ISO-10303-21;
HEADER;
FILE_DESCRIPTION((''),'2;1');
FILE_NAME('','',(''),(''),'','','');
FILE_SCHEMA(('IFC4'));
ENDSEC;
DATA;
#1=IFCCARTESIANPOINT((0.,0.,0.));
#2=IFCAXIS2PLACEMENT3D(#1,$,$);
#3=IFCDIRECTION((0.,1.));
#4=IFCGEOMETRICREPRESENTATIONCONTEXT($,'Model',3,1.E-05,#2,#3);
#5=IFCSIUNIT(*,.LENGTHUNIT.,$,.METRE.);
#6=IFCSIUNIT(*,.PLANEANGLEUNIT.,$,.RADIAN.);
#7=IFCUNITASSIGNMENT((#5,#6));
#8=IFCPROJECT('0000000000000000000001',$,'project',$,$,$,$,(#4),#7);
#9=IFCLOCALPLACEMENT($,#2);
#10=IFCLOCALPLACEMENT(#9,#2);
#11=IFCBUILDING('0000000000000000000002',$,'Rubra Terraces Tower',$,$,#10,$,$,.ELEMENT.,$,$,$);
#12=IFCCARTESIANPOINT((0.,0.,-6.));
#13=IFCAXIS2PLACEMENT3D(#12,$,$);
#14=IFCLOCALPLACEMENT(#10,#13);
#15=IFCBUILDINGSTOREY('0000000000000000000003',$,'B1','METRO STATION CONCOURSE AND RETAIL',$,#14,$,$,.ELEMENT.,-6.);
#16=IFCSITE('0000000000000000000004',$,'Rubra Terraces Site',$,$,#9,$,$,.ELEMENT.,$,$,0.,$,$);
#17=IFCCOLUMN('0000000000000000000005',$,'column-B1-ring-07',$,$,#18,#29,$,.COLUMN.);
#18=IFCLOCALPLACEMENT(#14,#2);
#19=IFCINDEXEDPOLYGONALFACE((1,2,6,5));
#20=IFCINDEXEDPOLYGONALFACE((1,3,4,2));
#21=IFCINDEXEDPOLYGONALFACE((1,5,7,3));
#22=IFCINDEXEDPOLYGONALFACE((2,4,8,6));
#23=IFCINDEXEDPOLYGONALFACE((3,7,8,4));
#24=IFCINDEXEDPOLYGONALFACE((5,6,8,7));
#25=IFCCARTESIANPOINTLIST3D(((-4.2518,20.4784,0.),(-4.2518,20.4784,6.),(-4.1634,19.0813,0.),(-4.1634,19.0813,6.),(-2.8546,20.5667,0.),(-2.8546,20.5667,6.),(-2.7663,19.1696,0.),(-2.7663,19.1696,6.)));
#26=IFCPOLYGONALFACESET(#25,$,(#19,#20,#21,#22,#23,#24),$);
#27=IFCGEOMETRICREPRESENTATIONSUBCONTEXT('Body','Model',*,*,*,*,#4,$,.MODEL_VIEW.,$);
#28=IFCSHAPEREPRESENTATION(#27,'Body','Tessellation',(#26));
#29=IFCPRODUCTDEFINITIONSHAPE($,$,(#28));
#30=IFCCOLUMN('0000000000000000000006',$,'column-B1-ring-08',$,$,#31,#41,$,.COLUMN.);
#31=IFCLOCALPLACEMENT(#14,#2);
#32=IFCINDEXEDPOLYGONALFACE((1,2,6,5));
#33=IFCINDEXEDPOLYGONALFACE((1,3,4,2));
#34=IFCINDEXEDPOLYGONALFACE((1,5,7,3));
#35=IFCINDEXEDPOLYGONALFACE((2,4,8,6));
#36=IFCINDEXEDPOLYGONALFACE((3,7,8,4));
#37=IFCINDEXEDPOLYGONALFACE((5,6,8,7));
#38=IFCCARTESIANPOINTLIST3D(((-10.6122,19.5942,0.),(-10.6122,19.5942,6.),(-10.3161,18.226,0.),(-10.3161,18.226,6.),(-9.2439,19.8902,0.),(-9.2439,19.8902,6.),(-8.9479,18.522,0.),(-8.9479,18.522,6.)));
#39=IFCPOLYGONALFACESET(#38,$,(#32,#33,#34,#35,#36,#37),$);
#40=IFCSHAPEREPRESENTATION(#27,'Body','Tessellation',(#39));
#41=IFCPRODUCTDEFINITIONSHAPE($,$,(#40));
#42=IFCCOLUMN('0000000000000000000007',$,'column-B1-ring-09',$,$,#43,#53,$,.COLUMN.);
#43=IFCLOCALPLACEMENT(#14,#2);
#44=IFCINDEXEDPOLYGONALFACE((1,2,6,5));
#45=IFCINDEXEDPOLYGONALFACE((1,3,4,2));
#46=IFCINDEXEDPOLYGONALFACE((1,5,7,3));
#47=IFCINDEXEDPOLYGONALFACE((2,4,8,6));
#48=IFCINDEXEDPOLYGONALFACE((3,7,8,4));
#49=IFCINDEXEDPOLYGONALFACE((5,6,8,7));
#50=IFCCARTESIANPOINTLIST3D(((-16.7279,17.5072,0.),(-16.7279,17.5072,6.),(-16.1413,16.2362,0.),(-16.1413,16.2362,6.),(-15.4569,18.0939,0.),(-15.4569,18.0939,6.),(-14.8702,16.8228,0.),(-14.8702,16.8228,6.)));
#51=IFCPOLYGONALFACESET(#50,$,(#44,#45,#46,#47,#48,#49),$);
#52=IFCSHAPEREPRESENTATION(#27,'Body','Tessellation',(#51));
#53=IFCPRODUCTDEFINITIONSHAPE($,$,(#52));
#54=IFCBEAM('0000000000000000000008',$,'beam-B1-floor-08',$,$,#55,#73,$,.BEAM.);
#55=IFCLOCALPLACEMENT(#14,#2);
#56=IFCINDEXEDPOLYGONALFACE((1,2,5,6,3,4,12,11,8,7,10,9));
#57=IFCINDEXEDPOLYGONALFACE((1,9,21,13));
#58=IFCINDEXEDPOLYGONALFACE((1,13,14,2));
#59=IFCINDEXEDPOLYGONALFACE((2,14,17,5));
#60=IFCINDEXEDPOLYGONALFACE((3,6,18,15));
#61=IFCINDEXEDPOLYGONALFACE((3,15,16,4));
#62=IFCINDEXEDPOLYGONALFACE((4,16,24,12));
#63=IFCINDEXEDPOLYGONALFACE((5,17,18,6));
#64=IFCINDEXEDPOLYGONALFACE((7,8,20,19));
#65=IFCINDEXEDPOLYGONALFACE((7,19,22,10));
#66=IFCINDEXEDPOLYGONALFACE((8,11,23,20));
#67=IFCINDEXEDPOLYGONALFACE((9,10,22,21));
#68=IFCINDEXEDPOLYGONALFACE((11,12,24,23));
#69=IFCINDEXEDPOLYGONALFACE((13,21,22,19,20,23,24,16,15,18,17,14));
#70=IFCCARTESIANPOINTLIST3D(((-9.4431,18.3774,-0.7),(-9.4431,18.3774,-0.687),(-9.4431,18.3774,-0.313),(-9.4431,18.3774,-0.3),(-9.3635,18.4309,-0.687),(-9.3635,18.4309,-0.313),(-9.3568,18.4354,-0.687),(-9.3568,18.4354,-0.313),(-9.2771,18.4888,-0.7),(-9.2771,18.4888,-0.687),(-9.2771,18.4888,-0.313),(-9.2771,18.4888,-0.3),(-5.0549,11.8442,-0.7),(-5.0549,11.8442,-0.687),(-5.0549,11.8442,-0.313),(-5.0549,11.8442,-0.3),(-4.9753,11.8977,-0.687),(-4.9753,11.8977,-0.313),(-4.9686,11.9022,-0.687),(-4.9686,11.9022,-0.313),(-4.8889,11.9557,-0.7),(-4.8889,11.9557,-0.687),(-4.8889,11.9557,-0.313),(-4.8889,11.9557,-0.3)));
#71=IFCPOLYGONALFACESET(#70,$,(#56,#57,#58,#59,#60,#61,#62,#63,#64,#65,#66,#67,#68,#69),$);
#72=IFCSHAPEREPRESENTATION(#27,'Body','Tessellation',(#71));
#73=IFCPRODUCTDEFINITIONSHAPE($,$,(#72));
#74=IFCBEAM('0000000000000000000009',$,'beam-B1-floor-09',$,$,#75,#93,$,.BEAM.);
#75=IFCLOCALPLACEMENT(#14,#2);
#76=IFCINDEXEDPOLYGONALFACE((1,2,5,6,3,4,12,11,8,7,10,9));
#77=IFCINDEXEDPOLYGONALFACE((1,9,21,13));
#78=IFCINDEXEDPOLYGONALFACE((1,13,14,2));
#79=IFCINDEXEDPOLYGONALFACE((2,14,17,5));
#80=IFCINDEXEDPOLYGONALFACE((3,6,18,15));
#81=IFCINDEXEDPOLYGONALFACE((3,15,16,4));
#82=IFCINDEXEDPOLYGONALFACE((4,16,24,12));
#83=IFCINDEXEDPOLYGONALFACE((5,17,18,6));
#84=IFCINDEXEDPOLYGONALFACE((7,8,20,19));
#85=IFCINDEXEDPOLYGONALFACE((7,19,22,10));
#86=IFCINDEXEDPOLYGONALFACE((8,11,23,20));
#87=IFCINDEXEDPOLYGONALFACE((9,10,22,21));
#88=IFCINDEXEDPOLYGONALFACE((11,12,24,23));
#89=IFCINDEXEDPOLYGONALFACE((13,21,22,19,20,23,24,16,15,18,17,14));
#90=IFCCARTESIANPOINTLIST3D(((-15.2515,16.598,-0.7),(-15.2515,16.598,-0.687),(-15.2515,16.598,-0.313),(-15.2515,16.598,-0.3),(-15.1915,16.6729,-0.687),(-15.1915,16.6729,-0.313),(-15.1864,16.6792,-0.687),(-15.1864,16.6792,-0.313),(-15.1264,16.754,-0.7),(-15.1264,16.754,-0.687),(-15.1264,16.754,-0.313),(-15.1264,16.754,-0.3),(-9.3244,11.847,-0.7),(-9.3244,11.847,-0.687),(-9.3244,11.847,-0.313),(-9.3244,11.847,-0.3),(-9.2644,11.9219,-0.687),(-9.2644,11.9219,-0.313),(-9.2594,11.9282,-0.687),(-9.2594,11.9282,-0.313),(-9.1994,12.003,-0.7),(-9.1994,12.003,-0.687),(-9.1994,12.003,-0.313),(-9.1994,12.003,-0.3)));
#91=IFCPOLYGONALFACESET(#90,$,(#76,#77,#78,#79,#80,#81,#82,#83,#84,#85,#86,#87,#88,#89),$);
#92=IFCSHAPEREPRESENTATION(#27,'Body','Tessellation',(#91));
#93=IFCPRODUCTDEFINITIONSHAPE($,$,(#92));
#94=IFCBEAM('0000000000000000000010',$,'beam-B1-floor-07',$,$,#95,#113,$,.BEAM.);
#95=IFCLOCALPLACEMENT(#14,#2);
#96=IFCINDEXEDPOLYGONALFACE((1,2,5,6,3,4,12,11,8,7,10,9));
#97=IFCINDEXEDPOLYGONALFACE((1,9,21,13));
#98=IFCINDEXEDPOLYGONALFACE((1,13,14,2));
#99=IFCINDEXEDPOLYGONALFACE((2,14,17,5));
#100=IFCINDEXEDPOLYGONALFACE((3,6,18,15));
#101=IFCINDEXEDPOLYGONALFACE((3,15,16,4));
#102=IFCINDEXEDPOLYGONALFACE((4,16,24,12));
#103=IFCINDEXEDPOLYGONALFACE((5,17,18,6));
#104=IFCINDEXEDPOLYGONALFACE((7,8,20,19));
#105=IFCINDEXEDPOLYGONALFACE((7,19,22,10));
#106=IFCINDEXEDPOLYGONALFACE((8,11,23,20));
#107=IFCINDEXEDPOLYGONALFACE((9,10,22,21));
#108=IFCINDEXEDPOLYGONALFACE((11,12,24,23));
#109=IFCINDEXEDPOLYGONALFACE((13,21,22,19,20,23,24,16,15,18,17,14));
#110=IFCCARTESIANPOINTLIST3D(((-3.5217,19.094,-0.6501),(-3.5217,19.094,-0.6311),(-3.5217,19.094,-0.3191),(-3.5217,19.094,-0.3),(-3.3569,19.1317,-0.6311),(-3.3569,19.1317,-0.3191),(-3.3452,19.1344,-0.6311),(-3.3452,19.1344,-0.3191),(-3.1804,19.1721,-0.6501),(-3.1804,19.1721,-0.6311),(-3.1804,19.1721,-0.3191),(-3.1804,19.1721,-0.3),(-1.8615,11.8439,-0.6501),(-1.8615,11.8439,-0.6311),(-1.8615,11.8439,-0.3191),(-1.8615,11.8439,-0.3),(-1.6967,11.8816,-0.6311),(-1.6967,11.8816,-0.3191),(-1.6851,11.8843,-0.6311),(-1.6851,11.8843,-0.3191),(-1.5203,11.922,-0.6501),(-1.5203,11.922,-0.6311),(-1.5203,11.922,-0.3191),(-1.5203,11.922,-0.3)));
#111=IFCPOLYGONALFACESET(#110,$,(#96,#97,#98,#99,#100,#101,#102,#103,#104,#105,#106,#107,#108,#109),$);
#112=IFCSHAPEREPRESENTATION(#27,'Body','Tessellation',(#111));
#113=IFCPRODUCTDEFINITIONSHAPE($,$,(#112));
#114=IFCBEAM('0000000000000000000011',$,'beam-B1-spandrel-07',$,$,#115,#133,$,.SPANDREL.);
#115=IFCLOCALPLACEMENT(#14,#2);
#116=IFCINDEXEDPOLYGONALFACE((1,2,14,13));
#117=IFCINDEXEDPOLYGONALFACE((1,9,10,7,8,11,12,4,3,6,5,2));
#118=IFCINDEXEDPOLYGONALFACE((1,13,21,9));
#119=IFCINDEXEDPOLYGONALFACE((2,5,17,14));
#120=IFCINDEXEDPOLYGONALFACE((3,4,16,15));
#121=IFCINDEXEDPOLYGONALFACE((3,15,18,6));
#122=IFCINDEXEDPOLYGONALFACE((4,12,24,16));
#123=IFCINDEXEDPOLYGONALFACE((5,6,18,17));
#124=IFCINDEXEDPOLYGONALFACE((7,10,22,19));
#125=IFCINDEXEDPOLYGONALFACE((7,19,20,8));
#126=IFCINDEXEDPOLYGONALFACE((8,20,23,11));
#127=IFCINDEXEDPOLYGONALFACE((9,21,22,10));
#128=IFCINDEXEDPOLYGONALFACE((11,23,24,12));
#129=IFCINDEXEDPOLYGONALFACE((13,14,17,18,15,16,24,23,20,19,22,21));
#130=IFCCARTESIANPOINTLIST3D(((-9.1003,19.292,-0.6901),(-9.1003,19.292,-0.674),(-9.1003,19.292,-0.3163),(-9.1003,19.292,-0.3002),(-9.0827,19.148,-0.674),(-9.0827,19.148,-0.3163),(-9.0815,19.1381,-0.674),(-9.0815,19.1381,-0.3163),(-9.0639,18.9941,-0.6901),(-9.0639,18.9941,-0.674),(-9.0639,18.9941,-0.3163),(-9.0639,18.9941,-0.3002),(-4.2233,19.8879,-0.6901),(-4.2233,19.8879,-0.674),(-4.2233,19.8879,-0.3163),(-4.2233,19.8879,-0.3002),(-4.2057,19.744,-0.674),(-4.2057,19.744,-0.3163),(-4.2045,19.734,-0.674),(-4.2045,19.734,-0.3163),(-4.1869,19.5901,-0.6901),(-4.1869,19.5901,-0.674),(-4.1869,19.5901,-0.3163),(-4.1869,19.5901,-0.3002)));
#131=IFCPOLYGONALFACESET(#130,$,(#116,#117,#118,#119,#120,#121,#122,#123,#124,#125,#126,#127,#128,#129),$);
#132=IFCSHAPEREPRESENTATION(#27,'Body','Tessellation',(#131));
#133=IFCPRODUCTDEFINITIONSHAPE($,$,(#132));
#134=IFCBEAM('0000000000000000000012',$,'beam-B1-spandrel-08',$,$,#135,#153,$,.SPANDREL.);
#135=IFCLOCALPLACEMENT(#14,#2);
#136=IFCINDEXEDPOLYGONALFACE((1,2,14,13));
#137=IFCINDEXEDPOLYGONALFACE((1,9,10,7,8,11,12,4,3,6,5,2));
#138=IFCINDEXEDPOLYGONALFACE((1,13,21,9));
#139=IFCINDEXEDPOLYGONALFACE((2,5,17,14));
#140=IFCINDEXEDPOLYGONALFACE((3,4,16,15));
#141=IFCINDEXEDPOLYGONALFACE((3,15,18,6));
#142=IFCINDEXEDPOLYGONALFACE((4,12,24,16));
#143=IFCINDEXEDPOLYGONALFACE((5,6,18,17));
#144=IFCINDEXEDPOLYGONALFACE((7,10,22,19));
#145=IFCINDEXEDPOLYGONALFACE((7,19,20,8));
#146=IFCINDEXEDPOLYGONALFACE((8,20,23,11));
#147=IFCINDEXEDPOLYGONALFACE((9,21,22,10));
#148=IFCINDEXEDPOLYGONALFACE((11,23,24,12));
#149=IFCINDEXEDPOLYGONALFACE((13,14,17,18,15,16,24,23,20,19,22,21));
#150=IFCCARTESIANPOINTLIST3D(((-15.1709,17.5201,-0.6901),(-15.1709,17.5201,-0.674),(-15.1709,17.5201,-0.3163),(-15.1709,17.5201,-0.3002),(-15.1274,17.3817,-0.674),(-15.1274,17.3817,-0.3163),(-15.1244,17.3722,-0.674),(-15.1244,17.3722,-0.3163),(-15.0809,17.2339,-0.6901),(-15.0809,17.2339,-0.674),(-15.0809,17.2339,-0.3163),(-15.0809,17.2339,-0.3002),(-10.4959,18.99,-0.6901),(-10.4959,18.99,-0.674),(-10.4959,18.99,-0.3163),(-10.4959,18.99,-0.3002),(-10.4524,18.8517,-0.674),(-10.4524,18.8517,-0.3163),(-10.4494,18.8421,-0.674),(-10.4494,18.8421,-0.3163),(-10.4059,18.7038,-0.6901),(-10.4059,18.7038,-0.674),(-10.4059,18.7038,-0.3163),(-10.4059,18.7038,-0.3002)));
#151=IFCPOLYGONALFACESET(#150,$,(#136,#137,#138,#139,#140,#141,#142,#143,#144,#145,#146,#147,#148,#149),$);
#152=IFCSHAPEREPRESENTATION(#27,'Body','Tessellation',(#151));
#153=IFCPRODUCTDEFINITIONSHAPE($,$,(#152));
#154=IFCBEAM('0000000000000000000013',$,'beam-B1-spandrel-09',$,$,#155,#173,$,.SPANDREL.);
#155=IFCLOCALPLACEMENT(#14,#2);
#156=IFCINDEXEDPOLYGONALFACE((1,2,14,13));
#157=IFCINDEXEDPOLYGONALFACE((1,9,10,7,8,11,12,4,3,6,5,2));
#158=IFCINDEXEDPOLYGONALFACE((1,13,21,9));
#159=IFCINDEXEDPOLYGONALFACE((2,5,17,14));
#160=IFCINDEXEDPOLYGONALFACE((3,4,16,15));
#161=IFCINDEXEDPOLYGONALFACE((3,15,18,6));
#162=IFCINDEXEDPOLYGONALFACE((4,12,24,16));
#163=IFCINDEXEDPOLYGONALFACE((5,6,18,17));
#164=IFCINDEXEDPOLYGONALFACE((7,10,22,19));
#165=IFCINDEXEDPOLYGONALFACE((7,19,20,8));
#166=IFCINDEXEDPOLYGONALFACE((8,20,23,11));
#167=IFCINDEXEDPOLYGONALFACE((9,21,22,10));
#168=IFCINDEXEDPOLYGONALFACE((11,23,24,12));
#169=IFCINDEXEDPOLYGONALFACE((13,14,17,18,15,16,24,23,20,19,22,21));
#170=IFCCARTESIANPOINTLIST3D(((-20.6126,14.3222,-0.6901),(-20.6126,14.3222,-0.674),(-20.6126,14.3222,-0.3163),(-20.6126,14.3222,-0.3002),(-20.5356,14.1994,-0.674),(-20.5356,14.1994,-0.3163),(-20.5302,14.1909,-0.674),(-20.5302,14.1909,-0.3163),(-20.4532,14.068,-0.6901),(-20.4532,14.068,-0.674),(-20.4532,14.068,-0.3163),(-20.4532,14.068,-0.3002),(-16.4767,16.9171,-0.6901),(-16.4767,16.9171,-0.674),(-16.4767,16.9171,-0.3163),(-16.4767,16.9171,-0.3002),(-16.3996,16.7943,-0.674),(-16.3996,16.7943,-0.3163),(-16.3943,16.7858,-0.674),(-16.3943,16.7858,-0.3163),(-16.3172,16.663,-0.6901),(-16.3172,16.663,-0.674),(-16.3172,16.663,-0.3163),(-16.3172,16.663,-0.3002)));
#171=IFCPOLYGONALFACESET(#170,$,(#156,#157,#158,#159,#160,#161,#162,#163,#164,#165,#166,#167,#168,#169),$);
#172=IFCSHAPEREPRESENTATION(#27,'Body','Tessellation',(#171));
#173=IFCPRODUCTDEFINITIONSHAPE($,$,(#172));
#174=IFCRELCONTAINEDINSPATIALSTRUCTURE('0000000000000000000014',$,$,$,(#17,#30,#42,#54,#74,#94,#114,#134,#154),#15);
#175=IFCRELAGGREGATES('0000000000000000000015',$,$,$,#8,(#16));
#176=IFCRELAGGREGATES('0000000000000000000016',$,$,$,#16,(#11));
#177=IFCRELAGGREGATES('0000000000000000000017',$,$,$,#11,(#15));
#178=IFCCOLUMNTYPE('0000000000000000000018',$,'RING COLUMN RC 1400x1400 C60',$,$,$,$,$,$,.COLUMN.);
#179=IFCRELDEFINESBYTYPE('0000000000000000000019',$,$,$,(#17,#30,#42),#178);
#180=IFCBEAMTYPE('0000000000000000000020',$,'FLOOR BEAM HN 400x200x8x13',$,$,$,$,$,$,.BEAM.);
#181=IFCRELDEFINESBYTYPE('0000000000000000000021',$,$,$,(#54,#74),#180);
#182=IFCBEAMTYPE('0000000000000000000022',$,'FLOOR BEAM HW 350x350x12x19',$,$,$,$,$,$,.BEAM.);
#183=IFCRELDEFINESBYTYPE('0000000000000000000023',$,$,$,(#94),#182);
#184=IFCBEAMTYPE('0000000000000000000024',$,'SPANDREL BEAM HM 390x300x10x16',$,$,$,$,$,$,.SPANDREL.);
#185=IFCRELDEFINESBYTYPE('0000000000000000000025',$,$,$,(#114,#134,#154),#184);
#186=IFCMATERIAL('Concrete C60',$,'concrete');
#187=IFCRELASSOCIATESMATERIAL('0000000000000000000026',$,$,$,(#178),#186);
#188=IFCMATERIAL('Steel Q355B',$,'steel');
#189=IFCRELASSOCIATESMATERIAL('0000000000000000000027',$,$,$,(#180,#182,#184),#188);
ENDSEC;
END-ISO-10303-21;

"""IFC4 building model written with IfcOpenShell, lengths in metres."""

from ifc_helpers import new_model, si_unit, direction, frame, origin, origin_2d, place, context, subcontext, project, spatial, rectangle, i_section, extrude, material, material_profile, profile_set, type_object, element, save


model = new_model("IFC4")

# Units and contexts
model_context = context("Model", 3, precision=1e-05, world=origin(), true_north=direction((0.0, 1.0)))
body_context = subcontext(model_context, "Body", "Model", "MODEL_VIEW")
ifc_project = project(units=[si_unit("LENGTHUNIT", "METRE"), si_unit("PLANEANGLEUNIT", "RADIAN")], contexts=[model_context])

# Site, building, storey
site_placement = place(None, origin())
site = spatial("IfcSite", under=ifc_project, at=site_placement, Name="Rubra Terraces Site", CompositionType="ELEMENT", RefElevation=0.0)
building_placement = place(site_placement, origin())
building = spatial("IfcBuilding", under=site, at=building_placement, Name="Rubra Terraces Tower", CompositionType="ELEMENT")
storey_placement = place(building_placement, frame((0.0, 0.0, -6.0)))
storey = spatial("IfcBuildingStorey", under=building, at=storey_placement, Name="B1", Description="METRO STATION CONCOURSE AND RETAIL", CompositionType="ELEMENT", Elevation=-6.0)

# Columns
ifc_material_1 = material(Name="Concrete C60", Category="concrete")
ifc_material_profile_1 = material_profile(ifc_material_1, rectangle(XDim=1.3999, YDim=1.3999, at=origin_2d()), Name="RC 1400x1400")
ifc_profile_set_1 = profile_set([ifc_material_profile_1], Name="Concrete C60")
column_type = type_object("IfcColumnType", Name="RING COLUMN RC 1400x1400 C60", PredefinedType="COLUMN", material=ifc_profile_set_1)
for number, where, z_axis, x_axis, name in (
    (1, (-3.509, 19.824, 0.0), (0.0, 0.0, 1.0), (-0.998008, -0.063094, 0.0), "column-B1-ring-07"),
    (2, (-9.78, 19.0581, 0.0), (0.0, 0.0, 1.0), (-0.977386, -0.211462, 0.0), "column-B1-ring-08"),
    (3, (-15.7991, 17.165, 0.0), (0.0, 0.0, 1.0), (-0.907952, -0.419073, 0.0), "column-B1-ring-09"),
):
    element("IfcColumn", number, at=place(storey_placement, frame(where, z_axis=z_axis, x_axis=x_axis)), inside=storey, type_object=column_type, Name=name, PredefinedType="COLUMN", context=body_context, shape_type="SweptSolid", body=[
        extrude(rectangle(XDim=1.3999, YDim=1.3999, at=origin_2d()), origin(), (0.0, 0.0, 1.0), 6.0),
    ])

# Beams
ifc_material_2 = material(Name="Steel Q355B", Category="steel")
ifc_material_profile_2 = material_profile(ifc_material_2, i_section(OverallWidth=0.2, OverallDepth=0.3999, WebThickness=0.0081, FlangeThickness=0.0129, at=origin_2d()), Name="HN 400x200x8x13")
ifc_profile_set_2 = profile_set([ifc_material_profile_2], Name="Steel Q355B")
beam_type_1 = type_object("IfcBeamType", Name="FLOOR BEAM HN 400x200x8x13", PredefinedType="BEAM", material=ifc_profile_set_2)
beam_1_placement = place(storey_placement, frame((-9.3601, 18.4331, -0.5), z_axis=(0.557575, -0.830127, 0.0), x_axis=(0.830127, 0.557575, 0.0)))
element("IfcBeam", 4, at=beam_1_placement, inside=storey, type_object=beam_type_1, Name="beam-B1-floor-08", PredefinedType="BEAM", context=body_context, shape_type="SweptSolid", body=[
    extrude(i_section(OverallWidth=0.2, OverallDepth=0.3999, WebThickness=0.0081, FlangeThickness=0.0129, at=origin_2d()), origin(), (0.0, 0.0, 1.0), 7.8701),
])
beam_2_placement = place(storey_placement, frame((-15.189, 16.676, -0.5), z_axis=(0.780266, -0.625447, 0.0), x_axis=(0.625447, 0.780266, 0.0)))
element("IfcBeam", 5, at=beam_2_placement, inside=storey, type_object=beam_type_1, Name="beam-B1-floor-09", PredefinedType="BEAM", context=body_context, shape_type="SweptSolid", body=[
    extrude(i_section(OverallWidth=0.2, OverallDepth=0.3999, WebThickness=0.0081, FlangeThickness=0.0129, at=origin_2d()), origin(), (0.0, 0.0, 1.0), 7.5962),
])
ifc_material_profile_3 = material_profile(ifc_material_2, i_section(OverallWidth=0.3501, OverallDepth=0.3501, WebThickness=0.012, FlangeThickness=0.019, at=origin_2d()), Name="HW 350x350x12x19")
ifc_profile_set_3 = profile_set([ifc_material_profile_3], Name="Steel Q355B")
beam_type_2 = type_object("IfcBeamType", Name="FLOOR BEAM HW 350x350x12x19", PredefinedType="BEAM", material=ifc_profile_set_3)
beam_3_placement = place(storey_placement, frame((-3.3511, 19.1331, -0.4751), z_axis=(0.22321, -0.97477, 0.0), x_axis=(0.97477, 0.22321, 0.0)))
element("IfcBeam", 6, at=beam_3_placement, inside=storey, type_object=beam_type_2, Name="beam-B1-floor-07", PredefinedType="BEAM", context=body_context, shape_type="SweptSolid", body=[
    extrude(i_section(OverallWidth=0.3501, OverallDepth=0.3501, WebThickness=0.012, FlangeThickness=0.019, at=origin_2d()), origin(), (0.0, 0.0, 1.0), 7.4377),
])
ifc_material_profile_4 = material_profile(ifc_material_2, i_section(OverallWidth=0.3, OverallDepth=0.3899, WebThickness=0.01, FlangeThickness=0.0161, at=origin_2d()), Name="HM 390x300x10x16")
ifc_profile_set_4 = profile_set([ifc_material_profile_4], Name="Steel Q355B")
beam_type_3 = type_object("IfcBeamType", Name="SPANDREL BEAM HM 390x300x10x16", PredefinedType="SPANDREL", material=ifc_profile_set_4)
beam_4_placement = place(storey_placement, frame((-4.2051, 19.739, -0.4951), z_axis=(-0.992617, -0.121294, 0.0), x_axis=(0.121294, -0.992617, 0.0)))
element("IfcBeam", 7, at=beam_4_placement, inside=storey, type_object=beam_type_3, Name="beam-B1-spandrel-07", PredefinedType="SPANDREL", context=body_context, shape_type="SweptSolid", body=[
    extrude(i_section(OverallWidth=0.3, OverallDepth=0.3899, WebThickness=0.01, FlangeThickness=0.0161, at=origin_2d()), origin(), (0.0, 0.0, 1.0), 4.9133),
])
beam_5_placement = place(storey_placement, frame((-10.4509, 18.8469, -0.4951), z_axis=(-0.953955, -0.299951, 0.0), x_axis=(0.299951, -0.953955, 0.0)))
element("IfcBeam", 8, at=beam_5_placement, inside=storey, type_object=beam_type_3, Name="beam-B1-spandrel-08", PredefinedType="SPANDREL", context=body_context, shape_type="SweptSolid", body=[
    extrude(i_section(OverallWidth=0.3, OverallDepth=0.3899, WebThickness=0.01, FlangeThickness=0.0161, at=origin_2d()), origin(), (0.0, 0.0, 1.0), 4.9006),
])
beam_6_placement = place(storey_placement, frame((-16.397, 16.79, -0.4951), z_axis=(-0.847078, -0.531468, 0.0), x_axis=(0.531468, -0.847078, 0.0)))
element("IfcBeam", 9, at=beam_6_placement, inside=storey, type_object=beam_type_3, Name="beam-B1-spandrel-09", PredefinedType="SPANDREL", context=body_context, shape_type="SweptSolid", body=[
    extrude(i_section(OverallWidth=0.3, OverallDepth=0.3899, WebThickness=0.01, FlangeThickness=0.0161, at=origin_2d()), origin(), (0.0, 0.0, 1.0), 4.8826),
])

save(model, "model.ifc")
